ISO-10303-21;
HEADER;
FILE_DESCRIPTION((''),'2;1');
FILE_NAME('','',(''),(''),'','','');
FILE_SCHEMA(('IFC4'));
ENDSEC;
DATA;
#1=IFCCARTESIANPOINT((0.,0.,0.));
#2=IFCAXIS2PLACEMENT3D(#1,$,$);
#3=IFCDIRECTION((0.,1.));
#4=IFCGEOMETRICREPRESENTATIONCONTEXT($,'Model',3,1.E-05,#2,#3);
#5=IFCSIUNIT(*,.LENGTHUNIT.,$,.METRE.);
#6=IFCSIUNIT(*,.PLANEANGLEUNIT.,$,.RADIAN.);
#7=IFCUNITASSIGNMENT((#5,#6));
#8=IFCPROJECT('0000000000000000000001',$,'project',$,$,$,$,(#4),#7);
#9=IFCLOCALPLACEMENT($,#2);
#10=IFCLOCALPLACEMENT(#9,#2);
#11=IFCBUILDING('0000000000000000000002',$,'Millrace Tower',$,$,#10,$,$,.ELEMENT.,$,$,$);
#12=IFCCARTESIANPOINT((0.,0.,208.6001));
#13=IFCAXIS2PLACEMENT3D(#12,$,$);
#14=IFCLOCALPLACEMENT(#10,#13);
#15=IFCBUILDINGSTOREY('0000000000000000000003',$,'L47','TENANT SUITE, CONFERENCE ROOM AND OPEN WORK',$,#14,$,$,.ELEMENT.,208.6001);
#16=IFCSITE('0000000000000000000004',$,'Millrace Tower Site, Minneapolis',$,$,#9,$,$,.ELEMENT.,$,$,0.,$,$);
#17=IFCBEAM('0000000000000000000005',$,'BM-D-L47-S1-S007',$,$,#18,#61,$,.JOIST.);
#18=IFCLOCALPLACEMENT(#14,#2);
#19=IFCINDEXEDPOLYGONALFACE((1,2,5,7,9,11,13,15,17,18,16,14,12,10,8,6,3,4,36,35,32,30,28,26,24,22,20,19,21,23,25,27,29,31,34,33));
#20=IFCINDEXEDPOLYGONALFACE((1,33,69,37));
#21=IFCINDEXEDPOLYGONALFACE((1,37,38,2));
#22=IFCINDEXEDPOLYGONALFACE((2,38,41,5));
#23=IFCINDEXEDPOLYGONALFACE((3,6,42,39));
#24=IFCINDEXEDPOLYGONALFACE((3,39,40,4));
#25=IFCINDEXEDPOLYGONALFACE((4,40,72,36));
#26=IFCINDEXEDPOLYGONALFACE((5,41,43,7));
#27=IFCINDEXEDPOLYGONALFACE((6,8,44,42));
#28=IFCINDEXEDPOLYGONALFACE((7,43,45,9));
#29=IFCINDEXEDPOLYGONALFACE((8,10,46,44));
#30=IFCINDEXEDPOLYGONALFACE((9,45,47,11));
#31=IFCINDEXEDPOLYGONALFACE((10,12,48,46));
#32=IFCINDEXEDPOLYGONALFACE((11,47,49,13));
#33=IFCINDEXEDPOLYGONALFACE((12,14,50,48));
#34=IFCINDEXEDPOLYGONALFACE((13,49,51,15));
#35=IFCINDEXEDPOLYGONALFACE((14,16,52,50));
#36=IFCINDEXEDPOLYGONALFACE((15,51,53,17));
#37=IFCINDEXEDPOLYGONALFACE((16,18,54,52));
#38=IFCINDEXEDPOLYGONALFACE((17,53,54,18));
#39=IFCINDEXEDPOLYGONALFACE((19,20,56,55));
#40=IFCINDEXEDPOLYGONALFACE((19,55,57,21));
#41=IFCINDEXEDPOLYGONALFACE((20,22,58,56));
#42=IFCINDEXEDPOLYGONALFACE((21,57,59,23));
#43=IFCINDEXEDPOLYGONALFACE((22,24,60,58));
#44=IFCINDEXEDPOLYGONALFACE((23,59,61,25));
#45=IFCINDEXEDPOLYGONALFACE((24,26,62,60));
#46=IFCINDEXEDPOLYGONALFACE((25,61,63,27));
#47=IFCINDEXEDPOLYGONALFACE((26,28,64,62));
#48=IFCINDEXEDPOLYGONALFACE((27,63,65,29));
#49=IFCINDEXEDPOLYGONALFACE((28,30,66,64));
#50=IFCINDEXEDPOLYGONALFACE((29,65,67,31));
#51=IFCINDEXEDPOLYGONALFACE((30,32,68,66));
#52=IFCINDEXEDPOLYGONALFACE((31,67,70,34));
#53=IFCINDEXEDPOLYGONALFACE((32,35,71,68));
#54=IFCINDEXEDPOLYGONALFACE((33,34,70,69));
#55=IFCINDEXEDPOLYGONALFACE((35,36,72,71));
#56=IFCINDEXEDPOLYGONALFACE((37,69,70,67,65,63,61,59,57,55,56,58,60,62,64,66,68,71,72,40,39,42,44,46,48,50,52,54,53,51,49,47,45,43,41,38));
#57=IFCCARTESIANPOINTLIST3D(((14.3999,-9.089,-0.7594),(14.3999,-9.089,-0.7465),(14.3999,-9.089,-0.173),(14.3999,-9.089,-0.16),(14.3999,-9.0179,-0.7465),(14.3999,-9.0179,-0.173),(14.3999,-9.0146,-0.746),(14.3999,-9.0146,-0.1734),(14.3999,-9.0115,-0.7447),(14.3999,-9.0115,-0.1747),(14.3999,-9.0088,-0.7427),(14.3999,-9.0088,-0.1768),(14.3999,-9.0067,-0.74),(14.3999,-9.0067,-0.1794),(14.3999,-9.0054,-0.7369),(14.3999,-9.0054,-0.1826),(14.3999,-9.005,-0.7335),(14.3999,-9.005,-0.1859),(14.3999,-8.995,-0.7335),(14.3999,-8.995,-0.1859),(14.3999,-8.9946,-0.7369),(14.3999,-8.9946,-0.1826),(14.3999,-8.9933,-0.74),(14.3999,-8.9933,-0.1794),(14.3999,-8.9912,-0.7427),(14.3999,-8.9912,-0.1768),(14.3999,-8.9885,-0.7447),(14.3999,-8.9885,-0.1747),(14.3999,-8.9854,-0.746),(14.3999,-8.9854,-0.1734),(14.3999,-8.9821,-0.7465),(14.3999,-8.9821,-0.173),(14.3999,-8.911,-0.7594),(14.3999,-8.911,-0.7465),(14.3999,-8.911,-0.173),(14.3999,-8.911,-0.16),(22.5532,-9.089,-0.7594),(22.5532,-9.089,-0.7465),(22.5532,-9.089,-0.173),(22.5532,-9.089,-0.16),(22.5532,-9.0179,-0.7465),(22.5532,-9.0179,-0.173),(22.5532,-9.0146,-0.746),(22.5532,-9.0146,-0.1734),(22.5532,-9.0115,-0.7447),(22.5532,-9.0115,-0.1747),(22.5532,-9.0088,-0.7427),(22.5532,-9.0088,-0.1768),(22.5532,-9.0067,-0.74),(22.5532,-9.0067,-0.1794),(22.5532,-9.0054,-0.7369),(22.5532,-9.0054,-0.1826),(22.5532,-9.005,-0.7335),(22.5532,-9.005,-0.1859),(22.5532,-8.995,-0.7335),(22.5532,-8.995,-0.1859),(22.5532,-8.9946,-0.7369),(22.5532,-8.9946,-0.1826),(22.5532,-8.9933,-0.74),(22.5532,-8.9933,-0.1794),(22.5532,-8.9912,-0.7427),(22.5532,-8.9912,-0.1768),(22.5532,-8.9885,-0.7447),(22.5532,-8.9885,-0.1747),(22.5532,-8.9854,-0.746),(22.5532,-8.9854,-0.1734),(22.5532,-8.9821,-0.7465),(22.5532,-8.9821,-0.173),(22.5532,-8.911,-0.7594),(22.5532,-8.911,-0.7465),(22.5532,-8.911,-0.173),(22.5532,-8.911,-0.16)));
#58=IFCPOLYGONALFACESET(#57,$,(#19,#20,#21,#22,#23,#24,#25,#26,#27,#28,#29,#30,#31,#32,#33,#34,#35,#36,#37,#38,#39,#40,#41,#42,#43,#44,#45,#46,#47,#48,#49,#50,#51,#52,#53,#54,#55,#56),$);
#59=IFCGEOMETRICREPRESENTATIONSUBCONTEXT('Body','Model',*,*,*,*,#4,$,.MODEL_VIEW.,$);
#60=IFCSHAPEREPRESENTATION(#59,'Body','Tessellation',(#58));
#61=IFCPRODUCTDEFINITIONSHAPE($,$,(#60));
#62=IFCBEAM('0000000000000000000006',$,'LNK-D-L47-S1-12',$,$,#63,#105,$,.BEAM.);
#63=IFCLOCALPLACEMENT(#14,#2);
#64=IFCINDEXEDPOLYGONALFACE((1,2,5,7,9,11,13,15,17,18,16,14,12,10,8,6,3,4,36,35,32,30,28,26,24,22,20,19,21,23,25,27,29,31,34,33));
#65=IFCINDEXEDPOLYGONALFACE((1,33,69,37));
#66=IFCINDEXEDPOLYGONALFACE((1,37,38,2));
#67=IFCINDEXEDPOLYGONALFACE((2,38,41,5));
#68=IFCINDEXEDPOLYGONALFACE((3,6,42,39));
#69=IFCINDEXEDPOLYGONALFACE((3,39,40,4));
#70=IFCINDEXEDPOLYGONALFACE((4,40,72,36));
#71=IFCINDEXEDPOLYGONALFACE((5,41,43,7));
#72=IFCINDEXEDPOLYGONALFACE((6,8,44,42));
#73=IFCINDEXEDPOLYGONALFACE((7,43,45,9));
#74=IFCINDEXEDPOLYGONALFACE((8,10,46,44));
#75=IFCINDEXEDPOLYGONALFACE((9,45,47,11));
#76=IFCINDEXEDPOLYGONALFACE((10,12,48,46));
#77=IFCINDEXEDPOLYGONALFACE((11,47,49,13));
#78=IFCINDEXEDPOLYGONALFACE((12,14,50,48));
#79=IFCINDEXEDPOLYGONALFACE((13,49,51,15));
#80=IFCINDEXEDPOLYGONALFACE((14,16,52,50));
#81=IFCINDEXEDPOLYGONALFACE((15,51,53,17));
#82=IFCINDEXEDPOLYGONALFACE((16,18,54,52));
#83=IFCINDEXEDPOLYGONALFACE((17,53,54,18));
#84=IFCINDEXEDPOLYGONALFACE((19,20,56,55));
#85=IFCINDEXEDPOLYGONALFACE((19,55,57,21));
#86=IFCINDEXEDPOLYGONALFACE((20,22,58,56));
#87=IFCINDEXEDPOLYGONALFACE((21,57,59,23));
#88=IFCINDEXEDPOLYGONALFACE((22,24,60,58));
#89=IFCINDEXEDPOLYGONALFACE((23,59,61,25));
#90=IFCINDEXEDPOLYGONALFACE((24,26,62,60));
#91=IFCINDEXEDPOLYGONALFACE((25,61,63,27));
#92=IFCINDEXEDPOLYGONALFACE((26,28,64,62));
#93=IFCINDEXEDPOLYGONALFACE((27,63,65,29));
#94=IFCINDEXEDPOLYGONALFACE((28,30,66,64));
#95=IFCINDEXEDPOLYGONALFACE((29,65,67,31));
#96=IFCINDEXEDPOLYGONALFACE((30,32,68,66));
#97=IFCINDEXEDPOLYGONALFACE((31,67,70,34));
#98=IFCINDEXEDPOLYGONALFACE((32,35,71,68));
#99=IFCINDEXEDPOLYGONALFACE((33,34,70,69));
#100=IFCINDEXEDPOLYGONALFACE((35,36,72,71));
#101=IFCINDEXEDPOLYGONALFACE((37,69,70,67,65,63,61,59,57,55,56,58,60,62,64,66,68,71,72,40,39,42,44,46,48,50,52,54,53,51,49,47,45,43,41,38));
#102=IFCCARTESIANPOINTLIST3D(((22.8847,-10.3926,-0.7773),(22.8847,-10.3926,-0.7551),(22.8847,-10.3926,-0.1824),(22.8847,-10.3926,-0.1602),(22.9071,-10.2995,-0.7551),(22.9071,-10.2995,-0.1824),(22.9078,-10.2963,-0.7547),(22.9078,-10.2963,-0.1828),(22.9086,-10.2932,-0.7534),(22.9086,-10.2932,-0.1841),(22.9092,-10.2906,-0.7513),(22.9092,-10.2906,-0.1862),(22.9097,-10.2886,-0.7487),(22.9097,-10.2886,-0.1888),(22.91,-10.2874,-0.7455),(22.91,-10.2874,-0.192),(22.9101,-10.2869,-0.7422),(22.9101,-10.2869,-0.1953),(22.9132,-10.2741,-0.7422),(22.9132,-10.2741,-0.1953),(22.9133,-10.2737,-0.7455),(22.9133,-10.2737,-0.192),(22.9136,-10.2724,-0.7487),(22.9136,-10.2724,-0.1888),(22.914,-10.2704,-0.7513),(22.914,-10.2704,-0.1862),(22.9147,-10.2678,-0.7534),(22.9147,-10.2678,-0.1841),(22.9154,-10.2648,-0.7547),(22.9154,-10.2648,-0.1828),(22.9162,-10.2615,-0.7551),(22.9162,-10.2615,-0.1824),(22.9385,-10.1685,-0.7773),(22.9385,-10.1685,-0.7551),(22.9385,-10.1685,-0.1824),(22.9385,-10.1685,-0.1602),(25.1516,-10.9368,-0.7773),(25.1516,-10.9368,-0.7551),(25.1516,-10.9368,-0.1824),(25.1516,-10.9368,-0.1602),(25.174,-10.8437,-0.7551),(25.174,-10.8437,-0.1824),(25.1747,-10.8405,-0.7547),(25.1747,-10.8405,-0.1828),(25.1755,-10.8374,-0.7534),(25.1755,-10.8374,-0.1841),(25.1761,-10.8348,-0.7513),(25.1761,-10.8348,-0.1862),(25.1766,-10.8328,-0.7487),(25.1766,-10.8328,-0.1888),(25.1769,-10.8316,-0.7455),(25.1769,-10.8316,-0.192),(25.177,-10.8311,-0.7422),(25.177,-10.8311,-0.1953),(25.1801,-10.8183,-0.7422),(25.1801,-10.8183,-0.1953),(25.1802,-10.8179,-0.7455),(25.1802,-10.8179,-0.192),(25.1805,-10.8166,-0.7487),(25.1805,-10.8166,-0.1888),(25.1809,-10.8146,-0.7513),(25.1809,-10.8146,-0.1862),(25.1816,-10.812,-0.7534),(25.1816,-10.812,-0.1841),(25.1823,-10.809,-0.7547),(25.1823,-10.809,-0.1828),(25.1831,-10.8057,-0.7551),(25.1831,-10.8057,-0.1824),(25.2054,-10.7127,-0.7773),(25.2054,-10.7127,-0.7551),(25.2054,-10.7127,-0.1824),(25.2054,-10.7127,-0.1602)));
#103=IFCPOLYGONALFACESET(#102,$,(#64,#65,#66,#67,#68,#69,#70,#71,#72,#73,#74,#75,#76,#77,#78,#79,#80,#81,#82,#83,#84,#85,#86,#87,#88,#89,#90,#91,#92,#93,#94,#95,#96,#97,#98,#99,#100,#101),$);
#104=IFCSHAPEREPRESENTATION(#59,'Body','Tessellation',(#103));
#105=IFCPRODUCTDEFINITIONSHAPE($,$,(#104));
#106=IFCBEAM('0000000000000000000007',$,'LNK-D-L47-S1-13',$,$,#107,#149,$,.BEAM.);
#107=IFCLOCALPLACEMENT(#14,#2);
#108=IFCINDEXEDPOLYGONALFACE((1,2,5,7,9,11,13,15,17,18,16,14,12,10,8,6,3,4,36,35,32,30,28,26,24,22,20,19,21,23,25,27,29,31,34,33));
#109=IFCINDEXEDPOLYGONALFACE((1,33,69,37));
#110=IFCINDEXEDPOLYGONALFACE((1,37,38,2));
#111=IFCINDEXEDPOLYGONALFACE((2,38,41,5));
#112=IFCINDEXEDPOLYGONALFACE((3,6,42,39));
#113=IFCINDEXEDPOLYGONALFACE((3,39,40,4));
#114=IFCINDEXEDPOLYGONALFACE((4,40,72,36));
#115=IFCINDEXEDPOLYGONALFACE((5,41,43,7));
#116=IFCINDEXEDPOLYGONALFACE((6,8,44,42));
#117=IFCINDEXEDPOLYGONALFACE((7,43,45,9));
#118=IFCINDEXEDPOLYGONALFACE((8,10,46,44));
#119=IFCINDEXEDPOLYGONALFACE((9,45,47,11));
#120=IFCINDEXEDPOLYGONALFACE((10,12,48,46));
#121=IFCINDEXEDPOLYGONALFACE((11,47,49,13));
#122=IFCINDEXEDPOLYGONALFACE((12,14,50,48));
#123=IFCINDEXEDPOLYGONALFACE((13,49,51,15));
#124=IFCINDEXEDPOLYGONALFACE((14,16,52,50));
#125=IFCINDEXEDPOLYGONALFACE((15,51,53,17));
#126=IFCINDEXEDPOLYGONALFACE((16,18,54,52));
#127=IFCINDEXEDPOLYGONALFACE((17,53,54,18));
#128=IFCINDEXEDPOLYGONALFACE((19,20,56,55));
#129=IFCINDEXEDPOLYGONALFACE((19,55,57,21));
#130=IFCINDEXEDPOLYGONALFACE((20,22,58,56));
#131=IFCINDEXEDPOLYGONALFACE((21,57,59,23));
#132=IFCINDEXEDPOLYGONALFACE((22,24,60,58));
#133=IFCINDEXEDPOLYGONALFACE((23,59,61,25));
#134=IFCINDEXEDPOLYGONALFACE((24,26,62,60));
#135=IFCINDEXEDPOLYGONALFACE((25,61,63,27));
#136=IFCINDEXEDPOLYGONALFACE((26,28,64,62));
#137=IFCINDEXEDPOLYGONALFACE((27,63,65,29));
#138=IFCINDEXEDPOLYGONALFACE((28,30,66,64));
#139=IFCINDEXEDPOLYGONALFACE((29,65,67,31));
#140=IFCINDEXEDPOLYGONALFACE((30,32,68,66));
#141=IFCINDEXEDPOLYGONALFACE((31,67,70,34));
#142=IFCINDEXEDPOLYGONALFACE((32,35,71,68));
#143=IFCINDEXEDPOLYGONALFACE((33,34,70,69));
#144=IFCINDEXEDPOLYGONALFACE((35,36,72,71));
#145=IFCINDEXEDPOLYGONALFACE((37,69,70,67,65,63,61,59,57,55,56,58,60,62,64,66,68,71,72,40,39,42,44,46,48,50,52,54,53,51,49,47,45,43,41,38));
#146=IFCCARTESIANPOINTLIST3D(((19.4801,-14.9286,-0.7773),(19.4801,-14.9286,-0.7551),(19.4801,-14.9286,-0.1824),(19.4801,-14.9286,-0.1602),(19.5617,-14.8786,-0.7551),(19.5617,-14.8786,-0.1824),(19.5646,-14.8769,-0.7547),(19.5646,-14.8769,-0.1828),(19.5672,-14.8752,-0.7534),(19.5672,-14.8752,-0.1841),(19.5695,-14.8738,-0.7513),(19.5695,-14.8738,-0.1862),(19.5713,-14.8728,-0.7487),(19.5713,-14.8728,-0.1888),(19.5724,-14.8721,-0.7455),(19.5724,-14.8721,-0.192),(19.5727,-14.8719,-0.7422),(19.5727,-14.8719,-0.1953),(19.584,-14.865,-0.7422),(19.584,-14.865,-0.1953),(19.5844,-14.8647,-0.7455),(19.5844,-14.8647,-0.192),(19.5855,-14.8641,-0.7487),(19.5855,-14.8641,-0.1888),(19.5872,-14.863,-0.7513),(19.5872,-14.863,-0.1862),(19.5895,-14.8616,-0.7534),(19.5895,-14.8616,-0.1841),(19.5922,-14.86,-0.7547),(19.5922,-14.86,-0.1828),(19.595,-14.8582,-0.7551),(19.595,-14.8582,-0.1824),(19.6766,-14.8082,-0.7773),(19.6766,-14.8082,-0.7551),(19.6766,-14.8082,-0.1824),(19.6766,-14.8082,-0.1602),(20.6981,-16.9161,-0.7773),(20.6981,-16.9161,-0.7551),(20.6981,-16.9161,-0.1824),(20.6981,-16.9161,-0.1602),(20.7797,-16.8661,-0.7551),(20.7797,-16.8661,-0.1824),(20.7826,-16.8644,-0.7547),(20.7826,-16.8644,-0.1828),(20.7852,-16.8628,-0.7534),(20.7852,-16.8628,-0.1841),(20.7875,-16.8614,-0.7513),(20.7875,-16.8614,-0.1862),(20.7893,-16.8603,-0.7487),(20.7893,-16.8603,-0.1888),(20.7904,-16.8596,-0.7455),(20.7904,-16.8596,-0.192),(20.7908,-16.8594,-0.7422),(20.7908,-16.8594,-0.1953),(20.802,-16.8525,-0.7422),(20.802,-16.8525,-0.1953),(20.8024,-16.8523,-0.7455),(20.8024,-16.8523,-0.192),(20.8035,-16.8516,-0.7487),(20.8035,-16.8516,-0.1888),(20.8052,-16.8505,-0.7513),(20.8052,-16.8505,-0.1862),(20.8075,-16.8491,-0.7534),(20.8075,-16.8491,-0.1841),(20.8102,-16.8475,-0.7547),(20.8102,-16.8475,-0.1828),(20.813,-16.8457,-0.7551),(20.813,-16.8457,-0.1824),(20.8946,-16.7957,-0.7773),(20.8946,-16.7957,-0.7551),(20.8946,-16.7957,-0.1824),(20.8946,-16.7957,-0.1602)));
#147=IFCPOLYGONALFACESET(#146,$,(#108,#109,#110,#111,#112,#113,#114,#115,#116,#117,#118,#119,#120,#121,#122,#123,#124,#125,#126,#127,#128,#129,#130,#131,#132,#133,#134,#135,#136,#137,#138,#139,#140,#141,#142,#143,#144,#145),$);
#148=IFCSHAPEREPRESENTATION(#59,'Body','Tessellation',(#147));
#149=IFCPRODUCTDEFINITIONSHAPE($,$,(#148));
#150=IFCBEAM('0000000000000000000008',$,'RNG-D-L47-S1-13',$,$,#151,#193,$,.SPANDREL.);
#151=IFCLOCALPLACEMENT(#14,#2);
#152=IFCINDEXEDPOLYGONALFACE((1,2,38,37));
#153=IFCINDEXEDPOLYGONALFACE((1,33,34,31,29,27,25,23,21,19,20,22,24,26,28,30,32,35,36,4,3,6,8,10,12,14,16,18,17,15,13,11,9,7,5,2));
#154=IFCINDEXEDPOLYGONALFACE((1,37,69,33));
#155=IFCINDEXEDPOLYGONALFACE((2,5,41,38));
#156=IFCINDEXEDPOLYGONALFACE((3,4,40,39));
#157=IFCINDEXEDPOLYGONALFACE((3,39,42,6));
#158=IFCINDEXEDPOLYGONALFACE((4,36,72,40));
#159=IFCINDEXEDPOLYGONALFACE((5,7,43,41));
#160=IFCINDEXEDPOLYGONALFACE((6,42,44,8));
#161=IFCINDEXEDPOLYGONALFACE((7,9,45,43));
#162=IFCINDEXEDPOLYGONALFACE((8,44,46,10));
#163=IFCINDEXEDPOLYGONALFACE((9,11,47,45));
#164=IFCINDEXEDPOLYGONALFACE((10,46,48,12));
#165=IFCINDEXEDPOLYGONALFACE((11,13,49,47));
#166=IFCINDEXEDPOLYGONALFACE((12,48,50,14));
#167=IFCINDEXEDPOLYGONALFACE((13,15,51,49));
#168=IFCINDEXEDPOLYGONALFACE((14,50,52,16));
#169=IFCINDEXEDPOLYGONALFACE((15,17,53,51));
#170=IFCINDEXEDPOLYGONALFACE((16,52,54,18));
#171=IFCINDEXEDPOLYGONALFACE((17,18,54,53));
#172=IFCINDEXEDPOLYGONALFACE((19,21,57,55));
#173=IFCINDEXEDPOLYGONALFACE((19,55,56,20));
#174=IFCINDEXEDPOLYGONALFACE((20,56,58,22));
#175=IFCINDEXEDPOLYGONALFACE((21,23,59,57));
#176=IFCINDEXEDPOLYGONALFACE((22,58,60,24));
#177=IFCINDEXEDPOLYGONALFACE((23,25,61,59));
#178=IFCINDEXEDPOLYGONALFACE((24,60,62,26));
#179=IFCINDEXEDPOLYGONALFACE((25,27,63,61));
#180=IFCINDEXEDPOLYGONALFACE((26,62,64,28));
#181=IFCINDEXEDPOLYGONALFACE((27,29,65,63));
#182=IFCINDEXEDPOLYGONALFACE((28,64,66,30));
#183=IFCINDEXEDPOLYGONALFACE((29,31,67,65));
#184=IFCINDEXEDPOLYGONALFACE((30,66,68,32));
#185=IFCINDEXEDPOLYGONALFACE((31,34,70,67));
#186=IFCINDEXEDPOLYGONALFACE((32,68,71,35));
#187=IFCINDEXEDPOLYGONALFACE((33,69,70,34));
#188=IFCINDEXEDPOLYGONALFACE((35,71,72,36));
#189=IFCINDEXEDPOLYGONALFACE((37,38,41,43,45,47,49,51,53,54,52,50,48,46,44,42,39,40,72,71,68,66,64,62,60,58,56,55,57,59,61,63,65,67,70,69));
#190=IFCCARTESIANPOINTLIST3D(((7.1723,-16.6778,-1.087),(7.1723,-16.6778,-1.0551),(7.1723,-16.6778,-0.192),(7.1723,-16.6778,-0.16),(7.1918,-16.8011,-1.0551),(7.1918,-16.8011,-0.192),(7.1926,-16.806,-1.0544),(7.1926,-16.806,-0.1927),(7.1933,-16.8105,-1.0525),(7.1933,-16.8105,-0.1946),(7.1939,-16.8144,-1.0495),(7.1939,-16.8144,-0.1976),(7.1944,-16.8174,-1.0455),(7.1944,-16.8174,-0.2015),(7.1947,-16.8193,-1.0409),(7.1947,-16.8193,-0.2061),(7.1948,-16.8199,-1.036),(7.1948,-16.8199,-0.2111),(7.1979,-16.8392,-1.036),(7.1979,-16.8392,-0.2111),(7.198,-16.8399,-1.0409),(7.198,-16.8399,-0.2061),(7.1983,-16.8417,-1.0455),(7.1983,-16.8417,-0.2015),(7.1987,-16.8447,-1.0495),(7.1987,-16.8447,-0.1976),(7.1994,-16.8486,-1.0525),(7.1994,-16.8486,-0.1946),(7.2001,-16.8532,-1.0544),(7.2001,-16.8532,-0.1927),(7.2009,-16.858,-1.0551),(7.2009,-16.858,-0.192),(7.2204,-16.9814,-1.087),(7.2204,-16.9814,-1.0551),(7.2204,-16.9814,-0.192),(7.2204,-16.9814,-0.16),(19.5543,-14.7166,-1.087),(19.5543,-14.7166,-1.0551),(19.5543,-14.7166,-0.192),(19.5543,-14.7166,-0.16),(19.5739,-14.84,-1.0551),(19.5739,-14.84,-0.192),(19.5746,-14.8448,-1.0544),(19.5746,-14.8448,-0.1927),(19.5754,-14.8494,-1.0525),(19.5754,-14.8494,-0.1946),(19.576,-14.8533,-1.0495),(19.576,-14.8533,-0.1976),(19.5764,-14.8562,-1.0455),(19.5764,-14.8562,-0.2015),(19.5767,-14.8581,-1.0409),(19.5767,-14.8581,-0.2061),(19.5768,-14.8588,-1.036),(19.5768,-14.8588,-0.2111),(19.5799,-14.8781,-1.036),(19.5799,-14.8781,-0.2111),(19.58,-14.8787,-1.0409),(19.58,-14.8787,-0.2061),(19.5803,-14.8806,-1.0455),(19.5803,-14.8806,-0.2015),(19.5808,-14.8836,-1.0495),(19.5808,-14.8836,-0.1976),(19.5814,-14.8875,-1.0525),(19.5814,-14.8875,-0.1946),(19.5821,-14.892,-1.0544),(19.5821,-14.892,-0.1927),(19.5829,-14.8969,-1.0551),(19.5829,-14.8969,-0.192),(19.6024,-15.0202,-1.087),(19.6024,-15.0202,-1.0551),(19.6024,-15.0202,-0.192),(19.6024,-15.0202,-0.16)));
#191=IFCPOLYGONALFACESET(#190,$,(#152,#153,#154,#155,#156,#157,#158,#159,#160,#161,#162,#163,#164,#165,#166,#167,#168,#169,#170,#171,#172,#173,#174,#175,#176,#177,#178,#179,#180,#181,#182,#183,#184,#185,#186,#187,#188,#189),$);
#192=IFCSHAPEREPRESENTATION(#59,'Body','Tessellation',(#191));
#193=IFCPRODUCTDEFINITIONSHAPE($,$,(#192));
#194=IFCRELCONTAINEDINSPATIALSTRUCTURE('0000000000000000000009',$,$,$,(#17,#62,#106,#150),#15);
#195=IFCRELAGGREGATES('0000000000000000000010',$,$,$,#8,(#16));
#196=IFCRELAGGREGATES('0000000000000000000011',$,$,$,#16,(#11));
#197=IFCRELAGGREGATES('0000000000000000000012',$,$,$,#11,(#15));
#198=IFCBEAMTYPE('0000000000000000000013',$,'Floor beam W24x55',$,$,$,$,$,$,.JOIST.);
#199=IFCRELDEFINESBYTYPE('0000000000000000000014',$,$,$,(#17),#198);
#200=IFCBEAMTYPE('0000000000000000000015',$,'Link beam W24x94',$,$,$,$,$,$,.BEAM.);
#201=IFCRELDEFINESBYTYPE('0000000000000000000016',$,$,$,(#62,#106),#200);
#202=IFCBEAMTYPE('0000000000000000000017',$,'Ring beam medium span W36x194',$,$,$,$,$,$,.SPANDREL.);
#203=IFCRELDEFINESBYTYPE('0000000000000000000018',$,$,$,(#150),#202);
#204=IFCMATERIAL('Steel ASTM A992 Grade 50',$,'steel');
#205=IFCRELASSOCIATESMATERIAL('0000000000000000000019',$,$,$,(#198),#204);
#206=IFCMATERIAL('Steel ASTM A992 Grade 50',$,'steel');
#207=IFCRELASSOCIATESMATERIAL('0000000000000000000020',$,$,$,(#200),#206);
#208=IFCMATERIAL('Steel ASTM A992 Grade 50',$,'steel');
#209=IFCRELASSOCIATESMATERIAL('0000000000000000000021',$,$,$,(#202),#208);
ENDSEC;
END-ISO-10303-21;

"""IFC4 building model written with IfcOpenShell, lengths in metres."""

from ifc_helpers import new_model, si_unit, direction, frame, origin, origin_2d, place, context, subcontext, project, spatial, i_section, extrude, material, material_profile, profile_set, type_object, element, save


model = new_model("IFC4")

# Units and contexts
model_context = context("Model", 3, precision=1e-05, world=origin(), true_north=direction((0.0, 1.0)))
body_context = subcontext(model_context, "Body", "Model", "MODEL_VIEW")
ifc_project = project(units=[si_unit("LENGTHUNIT", "METRE"), si_unit("PLANEANGLEUNIT", "RADIAN")], contexts=[model_context])

# Site, building, storey
site_placement = place(None, origin())
site = spatial("IfcSite", under=ifc_project, at=site_placement, Name="Millrace Tower Site, Minneapolis", CompositionType="ELEMENT", RefElevation=0.0)
building_placement = place(site_placement, origin())
building = spatial("IfcBuilding", under=site, at=building_placement, Name="Millrace Tower", CompositionType="ELEMENT")
storey_placement = place(building_placement, frame((0.0, 0.0, 208.6001)))
storey = spatial("IfcBuildingStorey", under=building, at=storey_placement, Name="L47", Description="TENANT SUITE, CONFERENCE ROOM AND OPEN WORK", CompositionType="ELEMENT", Elevation=208.6001)

# Beams
ifc_material_1 = material(Name="Steel ASTM A992 Grade 50", Category="steel")
ifc_material_profile_1 = material_profile(ifc_material_1, i_section(OverallWidth=0.178, OverallDepth=0.5994, WebThickness=0.01, FlangeThickness=0.0129, FilletRadius=0.0129, at=origin_2d()))
ifc_profile_set_1 = profile_set([ifc_material_profile_1], Name="Steel ASTM A992 Grade 50")
beam_type_1 = type_object("IfcBeamType", Name="Floor beam W24x55", PredefinedType="JOIST", material=ifc_profile_set_1)
beam_1_placement = place(storey_placement, frame((14.3999, -9.0, -0.4597), z_axis=(1.0, 0.0, 0.0), x_axis=(0.0, 1.0, 0.0)))
element("IfcBeam", 1, at=beam_1_placement, inside=storey, type_object=beam_type_1, Name="BM-D-L47-S1-S007", PredefinedType="JOIST", context=body_context, shape_type="SweptSolid", body=[
    extrude(i_section(OverallWidth=0.178, OverallDepth=0.5994, WebThickness=0.01, FlangeThickness=0.0129, FilletRadius=0.0129, at=origin_2d()), origin(), (0.0, 0.0, 1.0), 8.1533),
])
ifc_material_2 = material(Name="Steel ASTM A992 Grade 50", Category="steel")
ifc_material_profile_2 = material_profile(ifc_material_2, i_section(OverallWidth=0.2305, OverallDepth=0.6172, WebThickness=0.0132, FlangeThickness=0.0222, FilletRadius=0.0129, at=origin_2d()))
ifc_profile_set_2 = profile_set([ifc_material_profile_2], Name="Steel ASTM A992 Grade 50")
beam_type_2 = type_object("IfcBeamType", Name="Link beam W24x94", PredefinedType="BEAM", material=ifc_profile_set_2)
beam_2_placement = place(storey_placement, frame((22.9116, -10.2805, -0.4688), z_axis=(0.972373, -0.233432, 0.0), x_axis=(0.233432, 0.972373, 0.0)))
element("IfcBeam", 2, at=beam_2_placement, inside=storey, type_object=beam_type_2, Name="LNK-D-L47-S1-12", PredefinedType="BEAM", context=body_context, shape_type="SweptSolid", body=[
    extrude(i_section(OverallWidth=0.2305, OverallDepth=0.6172, WebThickness=0.0132, FlangeThickness=0.0222, FilletRadius=0.0129, at=origin_2d()), origin(), (0.0, 0.0, 1.0), 2.3313),
])
beam_3_placement = place(storey_placement, frame((19.5784, -14.8684, -0.4688), z_axis=(0.522513, -0.852631, 0.0), x_axis=(0.852631, 0.522513, 0.0)))
element("IfcBeam", 3, at=beam_3_placement, inside=storey, type_object=beam_type_2, Name="LNK-D-L47-S1-13", PredefinedType="BEAM", context=body_context, shape_type="SweptSolid", body=[
    extrude(i_section(OverallWidth=0.2305, OverallDepth=0.6172, WebThickness=0.0132, FlangeThickness=0.0222, FilletRadius=0.0129, at=origin_2d()), origin(), (0.0, 0.0, 1.0), 2.3311),
])
ifc_material_3 = material(Name="Steel ASTM A992 Grade 50", Category="steel")
ifc_material_profile_3 = material_profile(ifc_material_3, i_section(OverallWidth=0.3074, OverallDepth=0.927, WebThickness=0.0195, FlangeThickness=0.032, FilletRadius=0.019, at=origin_2d()))
ifc_profile_set_3 = profile_set([ifc_material_profile_3], Name="Steel ASTM A992 Grade 50")
beam_type_3 = type_object("IfcBeamType", Name="Ring beam medium span W36x194", PredefinedType="SPANDREL", material=ifc_profile_set_3)
beam_4_placement = place(storey_placement, frame((19.5784, -14.8684, -0.6235), z_axis=(-0.987688, -0.156439, 0.0), x_axis=(0.156439, -0.987688, 0.0)))
element("IfcBeam", 4, at=beam_4_placement, inside=storey, type_object=beam_type_3, Name="RNG-D-L47-S1-13", PredefinedType="SPANDREL", context=body_context, shape_type="SweptSolid", body=[
    extrude(i_section(OverallWidth=0.3074, OverallDepth=0.927, WebThickness=0.0195, FlangeThickness=0.032, FilletRadius=0.019, at=origin_2d()), origin(), (0.0, 0.0, 1.0), 12.5364),
])

save(model, "model.ifc")
